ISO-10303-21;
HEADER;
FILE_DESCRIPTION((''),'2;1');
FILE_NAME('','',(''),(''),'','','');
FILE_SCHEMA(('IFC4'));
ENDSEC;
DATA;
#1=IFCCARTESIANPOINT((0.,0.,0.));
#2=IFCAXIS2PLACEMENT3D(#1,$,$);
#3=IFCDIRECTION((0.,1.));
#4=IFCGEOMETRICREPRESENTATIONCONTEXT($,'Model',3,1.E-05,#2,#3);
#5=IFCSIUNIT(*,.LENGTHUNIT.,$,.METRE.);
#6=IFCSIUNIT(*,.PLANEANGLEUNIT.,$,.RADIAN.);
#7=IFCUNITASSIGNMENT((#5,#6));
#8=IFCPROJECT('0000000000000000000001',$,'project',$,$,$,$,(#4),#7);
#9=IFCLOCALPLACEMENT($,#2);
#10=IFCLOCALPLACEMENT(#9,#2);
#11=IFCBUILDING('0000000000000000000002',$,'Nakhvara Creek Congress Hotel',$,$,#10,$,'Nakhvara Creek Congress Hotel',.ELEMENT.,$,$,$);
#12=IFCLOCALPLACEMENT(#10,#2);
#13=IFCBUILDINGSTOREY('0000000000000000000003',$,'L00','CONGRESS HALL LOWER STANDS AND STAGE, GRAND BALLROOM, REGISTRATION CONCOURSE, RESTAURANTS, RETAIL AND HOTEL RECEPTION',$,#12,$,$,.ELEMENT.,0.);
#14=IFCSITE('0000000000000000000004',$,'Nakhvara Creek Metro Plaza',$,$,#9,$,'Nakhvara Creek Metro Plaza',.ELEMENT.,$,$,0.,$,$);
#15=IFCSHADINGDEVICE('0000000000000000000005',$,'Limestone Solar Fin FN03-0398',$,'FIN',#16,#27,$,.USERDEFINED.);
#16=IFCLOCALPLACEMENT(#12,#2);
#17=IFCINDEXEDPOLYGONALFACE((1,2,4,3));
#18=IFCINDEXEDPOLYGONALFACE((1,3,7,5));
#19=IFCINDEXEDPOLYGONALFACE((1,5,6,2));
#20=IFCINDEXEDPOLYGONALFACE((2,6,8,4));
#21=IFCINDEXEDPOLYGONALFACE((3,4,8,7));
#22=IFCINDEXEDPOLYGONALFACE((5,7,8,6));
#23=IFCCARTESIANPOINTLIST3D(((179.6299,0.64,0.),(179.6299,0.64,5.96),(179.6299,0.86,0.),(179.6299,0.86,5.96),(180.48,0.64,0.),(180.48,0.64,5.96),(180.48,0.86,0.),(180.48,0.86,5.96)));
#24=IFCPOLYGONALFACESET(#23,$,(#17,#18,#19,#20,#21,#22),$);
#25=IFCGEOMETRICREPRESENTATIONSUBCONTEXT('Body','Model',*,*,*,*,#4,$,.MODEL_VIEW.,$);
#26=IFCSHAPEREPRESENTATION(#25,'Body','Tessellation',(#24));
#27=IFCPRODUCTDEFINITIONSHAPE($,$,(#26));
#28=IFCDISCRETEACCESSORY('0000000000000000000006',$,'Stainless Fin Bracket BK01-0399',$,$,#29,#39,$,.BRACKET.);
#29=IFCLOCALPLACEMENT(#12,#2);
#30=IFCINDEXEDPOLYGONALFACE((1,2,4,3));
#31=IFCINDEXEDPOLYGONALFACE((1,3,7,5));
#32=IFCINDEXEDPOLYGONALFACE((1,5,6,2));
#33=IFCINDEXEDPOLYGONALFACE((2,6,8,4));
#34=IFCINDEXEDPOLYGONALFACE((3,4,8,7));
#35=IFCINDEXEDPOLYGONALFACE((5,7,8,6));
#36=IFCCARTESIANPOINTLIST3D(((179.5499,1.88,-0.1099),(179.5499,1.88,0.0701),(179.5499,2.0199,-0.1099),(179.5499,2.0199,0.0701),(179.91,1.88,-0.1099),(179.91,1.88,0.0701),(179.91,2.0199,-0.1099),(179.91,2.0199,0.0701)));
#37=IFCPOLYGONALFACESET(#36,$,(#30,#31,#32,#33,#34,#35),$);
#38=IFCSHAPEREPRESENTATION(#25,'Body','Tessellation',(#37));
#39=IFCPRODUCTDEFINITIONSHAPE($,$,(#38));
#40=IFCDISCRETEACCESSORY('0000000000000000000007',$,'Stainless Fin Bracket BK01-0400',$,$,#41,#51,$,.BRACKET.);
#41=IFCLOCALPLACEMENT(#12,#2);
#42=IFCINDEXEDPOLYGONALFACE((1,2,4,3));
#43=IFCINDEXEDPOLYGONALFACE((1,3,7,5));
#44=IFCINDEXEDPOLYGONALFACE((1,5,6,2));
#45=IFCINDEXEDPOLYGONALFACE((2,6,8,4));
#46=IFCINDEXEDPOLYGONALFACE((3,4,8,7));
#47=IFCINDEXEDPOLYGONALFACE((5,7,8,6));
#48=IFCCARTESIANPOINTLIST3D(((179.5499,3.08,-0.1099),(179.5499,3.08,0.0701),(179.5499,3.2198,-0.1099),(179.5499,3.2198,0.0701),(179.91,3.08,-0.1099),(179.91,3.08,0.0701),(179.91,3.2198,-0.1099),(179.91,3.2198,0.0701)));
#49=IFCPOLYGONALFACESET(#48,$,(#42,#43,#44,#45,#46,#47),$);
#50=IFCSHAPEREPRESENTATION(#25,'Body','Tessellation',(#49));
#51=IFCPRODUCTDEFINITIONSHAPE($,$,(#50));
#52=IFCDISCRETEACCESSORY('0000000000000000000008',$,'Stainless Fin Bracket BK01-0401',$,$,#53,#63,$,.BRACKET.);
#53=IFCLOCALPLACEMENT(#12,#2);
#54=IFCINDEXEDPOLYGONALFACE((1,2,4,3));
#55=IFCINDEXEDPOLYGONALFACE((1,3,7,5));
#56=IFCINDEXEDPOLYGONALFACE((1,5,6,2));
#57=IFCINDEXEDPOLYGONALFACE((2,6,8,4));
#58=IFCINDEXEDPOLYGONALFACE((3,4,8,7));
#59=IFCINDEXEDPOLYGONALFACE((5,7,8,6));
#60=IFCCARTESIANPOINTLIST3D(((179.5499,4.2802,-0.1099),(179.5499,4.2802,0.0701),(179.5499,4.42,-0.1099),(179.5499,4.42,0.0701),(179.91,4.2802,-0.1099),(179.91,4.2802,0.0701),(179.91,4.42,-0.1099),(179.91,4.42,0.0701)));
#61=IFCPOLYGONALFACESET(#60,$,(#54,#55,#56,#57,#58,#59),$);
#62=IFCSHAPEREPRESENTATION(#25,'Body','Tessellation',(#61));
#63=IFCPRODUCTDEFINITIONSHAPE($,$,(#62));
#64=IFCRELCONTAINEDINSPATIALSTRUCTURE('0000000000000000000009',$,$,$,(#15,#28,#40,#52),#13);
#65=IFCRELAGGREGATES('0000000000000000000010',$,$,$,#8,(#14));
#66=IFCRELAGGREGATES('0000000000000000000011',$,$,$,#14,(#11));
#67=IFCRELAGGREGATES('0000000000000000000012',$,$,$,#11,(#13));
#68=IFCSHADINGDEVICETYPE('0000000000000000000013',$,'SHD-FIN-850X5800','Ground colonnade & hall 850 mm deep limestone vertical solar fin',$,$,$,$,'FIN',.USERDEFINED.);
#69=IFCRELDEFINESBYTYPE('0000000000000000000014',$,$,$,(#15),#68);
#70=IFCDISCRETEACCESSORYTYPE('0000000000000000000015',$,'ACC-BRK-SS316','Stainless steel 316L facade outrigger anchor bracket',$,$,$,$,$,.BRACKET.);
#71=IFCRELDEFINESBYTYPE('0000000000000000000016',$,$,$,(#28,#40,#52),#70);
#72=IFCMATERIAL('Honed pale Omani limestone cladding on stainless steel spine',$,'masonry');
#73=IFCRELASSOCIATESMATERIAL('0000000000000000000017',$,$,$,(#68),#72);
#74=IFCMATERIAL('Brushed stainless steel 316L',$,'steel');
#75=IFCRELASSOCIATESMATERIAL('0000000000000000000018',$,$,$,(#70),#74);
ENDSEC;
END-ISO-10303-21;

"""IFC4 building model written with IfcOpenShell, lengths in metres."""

from ifc_helpers import new_model, si_unit, direction, frame, origin, origin_2d, place, context, subcontext, project, spatial, rectangle, extrude, material, type_object, element, save


model = new_model("IFC4")

# Units and contexts
model_context = context("Model", 3, precision=1e-05, world=origin(), true_north=direction((0.0, 1.0)))
body_context = subcontext(model_context, "Body", "Model", "MODEL_VIEW")
ifc_project = project(units=[si_unit("LENGTHUNIT", "METRE"), si_unit("PLANEANGLEUNIT", "RADIAN")], contexts=[model_context])

# Site, building, storey
site_placement = place(None, origin())
site = spatial("IfcSite", under=ifc_project, at=site_placement, Name="Nakhvara Creek Metro Plaza", LongName="Nakhvara Creek Metro Plaza", CompositionType="ELEMENT", RefElevation=0.0)
building_placement = place(site_placement, origin())
building = spatial("IfcBuilding", under=site, at=building_placement, Name="Nakhvara Creek Congress Hotel", LongName="Nakhvara Creek Congress Hotel", CompositionType="ELEMENT")
storey_placement = place(building_placement, origin())
storey = spatial("IfcBuildingStorey", under=building, at=storey_placement, Name="L00", Description="CONGRESS HALL LOWER STANDS AND STAGE, GRAND BALLROOM, REGISTRATION CONCOURSE, RESTAURANTS, RETAIL AND HOTEL RECEPTION", CompositionType="ELEMENT", Elevation=0.0)

# Shading device
ifc_material_1 = material(Name="Honed pale Omani limestone cladding on stainless steel spine", Category="masonry")
shading_device_type = type_object("IfcShadingDeviceType", Name="SHD-FIN-850X5800", Description="Ground colonnade & hall 850 mm deep limestone vertical solar fin", ElementType="FIN", PredefinedType="USERDEFINED", material=ifc_material_1)
shading_device_placement = place(storey_placement, frame((180.0549, 0.75, 0.0), z_axis=(0.0, 0.0, 1.0), x_axis=(0.0, 1.0, 0.0)))
element("IfcShadingDevice", 1, at=shading_device_placement, inside=storey, type_object=shading_device_type, Name="Limestone Solar Fin FN03-0398", ObjectType="FIN", PredefinedType="USERDEFINED", context=body_context, shape_type="SweptSolid", body=[
    extrude(rectangle(XDim=0.22, YDim=0.8501, at=origin_2d()), origin(), (0.0, 0.0, 1.0), 5.96),
])

# Discrete accessories
ifc_material_2 = material(Name="Brushed stainless steel 316L", Category="steel")
discrete_accessory_type = type_object("IfcDiscreteAccessoryType", Name="ACC-BRK-SS316", Description="Stainless steel 316L facade outrigger anchor bracket", PredefinedType="BRACKET", material=ifc_material_2)
for number, where, z_axis, x_axis, name in (
    (2, (179.73, 1.95, -0.1099), (0.0, 0.0, 1.0), (0.0, 1.0, 0.0), "Stainless Fin Bracket BK01-0399"),
    (3, (179.73, 3.1499, -0.1099), (0.0, 0.0, 1.0), (0.0, 1.0, 0.0), "Stainless Fin Bracket BK01-0400"),
    (4, (179.73, 4.3501, -0.1099), (0.0, 0.0, 1.0), (0.0, 1.0, 0.0), "Stainless Fin Bracket BK01-0401"),
):
    element("IfcDiscreteAccessory", number, at=place(storey_placement, frame(where, z_axis=z_axis, x_axis=x_axis)), inside=storey, type_object=discrete_accessory_type, Name=name, PredefinedType="BRACKET", context=body_context, shape_type="SweptSolid", body=[
        extrude(rectangle(XDim=0.1399, YDim=0.3601, at=origin_2d()), origin(), (0.0, 0.0, 1.0), 0.1799),
    ])

save(model, "model.ifc")
